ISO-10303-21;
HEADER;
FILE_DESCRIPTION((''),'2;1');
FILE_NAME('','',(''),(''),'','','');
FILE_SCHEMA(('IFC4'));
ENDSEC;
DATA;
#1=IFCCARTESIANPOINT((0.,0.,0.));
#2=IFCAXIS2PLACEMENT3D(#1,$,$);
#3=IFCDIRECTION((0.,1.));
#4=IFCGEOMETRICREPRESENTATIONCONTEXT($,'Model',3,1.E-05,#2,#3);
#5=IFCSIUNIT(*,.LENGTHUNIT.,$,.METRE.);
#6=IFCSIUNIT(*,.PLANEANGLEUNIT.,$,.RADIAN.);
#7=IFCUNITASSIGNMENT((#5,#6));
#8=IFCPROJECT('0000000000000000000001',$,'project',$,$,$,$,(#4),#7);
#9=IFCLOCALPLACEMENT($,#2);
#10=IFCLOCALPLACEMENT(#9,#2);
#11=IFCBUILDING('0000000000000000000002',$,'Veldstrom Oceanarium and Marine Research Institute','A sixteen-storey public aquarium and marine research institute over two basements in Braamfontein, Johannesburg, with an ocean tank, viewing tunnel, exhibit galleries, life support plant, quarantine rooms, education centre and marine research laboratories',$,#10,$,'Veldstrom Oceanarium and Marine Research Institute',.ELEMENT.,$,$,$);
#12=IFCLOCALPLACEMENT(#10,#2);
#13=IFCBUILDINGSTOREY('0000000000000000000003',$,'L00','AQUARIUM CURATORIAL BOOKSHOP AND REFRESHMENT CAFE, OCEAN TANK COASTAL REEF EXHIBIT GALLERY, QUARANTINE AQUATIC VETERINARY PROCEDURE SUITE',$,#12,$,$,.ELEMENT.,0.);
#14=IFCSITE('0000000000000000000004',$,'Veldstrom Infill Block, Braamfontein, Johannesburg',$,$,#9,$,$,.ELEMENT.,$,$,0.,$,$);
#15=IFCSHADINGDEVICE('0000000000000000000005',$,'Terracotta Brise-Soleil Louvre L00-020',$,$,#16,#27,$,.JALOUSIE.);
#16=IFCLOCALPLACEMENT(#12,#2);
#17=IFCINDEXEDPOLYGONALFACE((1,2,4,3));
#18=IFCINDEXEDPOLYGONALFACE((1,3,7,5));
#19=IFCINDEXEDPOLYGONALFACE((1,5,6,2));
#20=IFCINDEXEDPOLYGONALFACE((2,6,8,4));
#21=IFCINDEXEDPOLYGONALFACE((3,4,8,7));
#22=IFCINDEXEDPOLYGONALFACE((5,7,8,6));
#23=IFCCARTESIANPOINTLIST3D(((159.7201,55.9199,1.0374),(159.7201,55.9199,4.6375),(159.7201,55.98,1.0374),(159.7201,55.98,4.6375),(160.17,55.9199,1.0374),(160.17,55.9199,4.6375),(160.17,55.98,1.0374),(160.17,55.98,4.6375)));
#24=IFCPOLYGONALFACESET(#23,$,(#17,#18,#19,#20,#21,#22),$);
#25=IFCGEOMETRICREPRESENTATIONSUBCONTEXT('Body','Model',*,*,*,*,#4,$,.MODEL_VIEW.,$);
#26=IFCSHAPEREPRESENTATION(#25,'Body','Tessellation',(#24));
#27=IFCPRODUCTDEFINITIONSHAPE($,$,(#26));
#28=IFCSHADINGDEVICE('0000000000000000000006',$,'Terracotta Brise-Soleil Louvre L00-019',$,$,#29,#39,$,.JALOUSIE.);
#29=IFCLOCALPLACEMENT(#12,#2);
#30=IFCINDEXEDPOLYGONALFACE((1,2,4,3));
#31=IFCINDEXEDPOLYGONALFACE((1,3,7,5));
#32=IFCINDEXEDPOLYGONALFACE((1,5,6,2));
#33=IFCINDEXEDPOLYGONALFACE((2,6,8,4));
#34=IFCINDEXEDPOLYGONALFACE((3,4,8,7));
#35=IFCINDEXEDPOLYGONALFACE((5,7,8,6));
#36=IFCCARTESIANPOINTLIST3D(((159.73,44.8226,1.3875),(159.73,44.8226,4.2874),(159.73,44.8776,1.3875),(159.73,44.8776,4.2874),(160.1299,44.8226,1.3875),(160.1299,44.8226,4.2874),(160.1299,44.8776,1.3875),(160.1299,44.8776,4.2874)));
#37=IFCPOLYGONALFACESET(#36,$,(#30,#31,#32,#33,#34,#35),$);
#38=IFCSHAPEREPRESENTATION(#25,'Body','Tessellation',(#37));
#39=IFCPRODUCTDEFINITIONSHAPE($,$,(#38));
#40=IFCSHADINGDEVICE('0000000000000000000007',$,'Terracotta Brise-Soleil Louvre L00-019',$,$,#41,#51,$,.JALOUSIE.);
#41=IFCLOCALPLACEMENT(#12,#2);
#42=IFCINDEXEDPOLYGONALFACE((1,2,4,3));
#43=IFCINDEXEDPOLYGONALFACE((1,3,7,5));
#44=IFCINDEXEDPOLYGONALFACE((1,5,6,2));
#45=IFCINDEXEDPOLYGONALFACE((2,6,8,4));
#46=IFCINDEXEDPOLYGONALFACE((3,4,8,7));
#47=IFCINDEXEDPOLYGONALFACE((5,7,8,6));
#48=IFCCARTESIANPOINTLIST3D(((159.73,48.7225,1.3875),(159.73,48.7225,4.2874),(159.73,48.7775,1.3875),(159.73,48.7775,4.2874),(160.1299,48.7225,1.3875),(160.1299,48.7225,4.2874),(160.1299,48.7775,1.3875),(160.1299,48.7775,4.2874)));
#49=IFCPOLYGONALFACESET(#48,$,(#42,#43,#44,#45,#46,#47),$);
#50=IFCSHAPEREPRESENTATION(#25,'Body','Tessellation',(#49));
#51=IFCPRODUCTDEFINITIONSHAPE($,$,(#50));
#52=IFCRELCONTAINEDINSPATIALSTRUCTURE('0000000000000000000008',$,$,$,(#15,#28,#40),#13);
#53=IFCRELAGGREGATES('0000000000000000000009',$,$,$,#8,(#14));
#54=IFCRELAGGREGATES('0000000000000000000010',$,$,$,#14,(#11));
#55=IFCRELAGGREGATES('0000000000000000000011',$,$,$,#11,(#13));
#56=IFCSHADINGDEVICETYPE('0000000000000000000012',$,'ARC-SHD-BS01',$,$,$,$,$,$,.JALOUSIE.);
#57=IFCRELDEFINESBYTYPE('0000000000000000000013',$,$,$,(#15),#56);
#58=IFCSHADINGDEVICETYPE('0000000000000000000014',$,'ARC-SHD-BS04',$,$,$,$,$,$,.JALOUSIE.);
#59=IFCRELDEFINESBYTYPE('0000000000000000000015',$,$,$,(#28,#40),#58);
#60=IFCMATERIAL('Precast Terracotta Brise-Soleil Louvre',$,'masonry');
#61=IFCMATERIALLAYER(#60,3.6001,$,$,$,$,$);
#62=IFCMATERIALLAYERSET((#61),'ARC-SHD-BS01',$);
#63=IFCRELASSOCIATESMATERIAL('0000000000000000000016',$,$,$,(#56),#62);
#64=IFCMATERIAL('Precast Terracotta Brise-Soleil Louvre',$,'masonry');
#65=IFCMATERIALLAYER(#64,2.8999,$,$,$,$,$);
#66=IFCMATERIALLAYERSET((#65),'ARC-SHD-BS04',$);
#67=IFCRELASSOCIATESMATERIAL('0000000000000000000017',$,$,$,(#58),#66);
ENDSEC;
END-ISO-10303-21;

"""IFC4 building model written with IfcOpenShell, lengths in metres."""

from ifc_helpers import new_model, si_unit, direction, frame, origin, origin_2d, place, context, subcontext, project, spatial, rectangle, extrude, material, layer, layer_set, type_object, element, save


model = new_model("IFC4")

# Units and contexts
model_context = context("Model", 3, precision=1e-05, world=origin(), true_north=direction((0.0, 1.0)))
body_context = subcontext(model_context, "Body", "Model", "MODEL_VIEW")
ifc_project = project(units=[si_unit("LENGTHUNIT", "METRE"), si_unit("PLANEANGLEUNIT", "RADIAN")], contexts=[model_context])

# Site, building, storey
site_placement = place(None, origin())
site = spatial("IfcSite", under=ifc_project, at=site_placement, Name="Veldstrom Infill Block, Braamfontein, Johannesburg", CompositionType="ELEMENT", RefElevation=0.0)
building_placement = place(site_placement, origin())
building = spatial("IfcBuilding", under=site, at=building_placement, Name="Veldstrom Oceanarium and Marine Research Institute", Description="A sixteen-storey public aquarium and marine research institute over two basements in Braamfontein, Johannesburg, with an ocean tank, viewing tunnel, exhibit galleries, life support plant, quarantine rooms, education centre and marine research laboratories", LongName="Veldstrom Oceanarium and Marine Research Institute", CompositionType="ELEMENT")
storey_placement = place(building_placement, origin())
storey = spatial("IfcBuildingStorey", under=building, at=storey_placement, Name="L00", Description="AQUARIUM CURATORIAL BOOKSHOP AND REFRESHMENT CAFE, OCEAN TANK COASTAL REEF EXHIBIT GALLERY, QUARANTINE AQUATIC VETERINARY PROCEDURE SUITE", CompositionType="ELEMENT", Elevation=0.0)

# Shading devices
ifc_material_1 = material(Name="Precast Terracotta Brise-Soleil Louvre", Category="masonry")
ifc_layer_1 = layer(ifc_material_1, 3.6001)
ifc_layer_set_1 = layer_set([ifc_layer_1], Name="ARC-SHD-BS01")
shading_device_type_1 = type_object("IfcShadingDeviceType", Name="ARC-SHD-BS01", PredefinedType="JALOUSIE", material=ifc_layer_set_1)
for number, where, z_axis, x_axis, name in (
    (1, (159.9451, 55.95, 1.0374), (0.0, 0.0, 1.0), (1.0, 0.0, 0.0), "Terracotta Brise-Soleil Louvre L00-020"),
):
    element("IfcShadingDevice", number, at=place(storey_placement, frame(where, z_axis=z_axis, x_axis=x_axis)), inside=storey, type_object=shading_device_type_1, Name=name, PredefinedType="JALOUSIE", context=body_context, shape_type="SweptSolid", body=[
        extrude(rectangle(XDim=0.45, YDim=0.0601, at=origin_2d()), origin(), (0.0, 0.0, 1.0), 3.6001),
    ])
ifc_material_2 = material(Name="Precast Terracotta Brise-Soleil Louvre", Category="masonry")
ifc_layer_2 = layer(ifc_material_2, 2.8999)
ifc_layer_set_2 = layer_set([ifc_layer_2], Name="ARC-SHD-BS04")
shading_device_type_2 = type_object("IfcShadingDeviceType", Name="ARC-SHD-BS04", PredefinedType="JALOUSIE", material=ifc_layer_set_2)
for number, where, z_axis, x_axis, name in (
    (2, (159.9299, 44.8501, 1.3875), (0.0, 0.0, 1.0), (1.0, 0.0, 0.0), "Terracotta Brise-Soleil Louvre L00-019"),
    (3, (159.9299, 48.75, 1.3875), (0.0, 0.0, 1.0), (1.0, 0.0, 0.0), "Terracotta Brise-Soleil Louvre L00-019"),
):
    element("IfcShadingDevice", number, at=place(storey_placement, frame(where, z_axis=z_axis, x_axis=x_axis)), inside=storey, type_object=shading_device_type_2, Name=name, PredefinedType="JALOUSIE", context=body_context, shape_type="SweptSolid", body=[
        extrude(rectangle(XDim=0.3999, YDim=0.0549, at=origin_2d()), origin(), (0.0, 0.0, 1.0), 2.8999),
    ])

save(model, "model.ifc")
